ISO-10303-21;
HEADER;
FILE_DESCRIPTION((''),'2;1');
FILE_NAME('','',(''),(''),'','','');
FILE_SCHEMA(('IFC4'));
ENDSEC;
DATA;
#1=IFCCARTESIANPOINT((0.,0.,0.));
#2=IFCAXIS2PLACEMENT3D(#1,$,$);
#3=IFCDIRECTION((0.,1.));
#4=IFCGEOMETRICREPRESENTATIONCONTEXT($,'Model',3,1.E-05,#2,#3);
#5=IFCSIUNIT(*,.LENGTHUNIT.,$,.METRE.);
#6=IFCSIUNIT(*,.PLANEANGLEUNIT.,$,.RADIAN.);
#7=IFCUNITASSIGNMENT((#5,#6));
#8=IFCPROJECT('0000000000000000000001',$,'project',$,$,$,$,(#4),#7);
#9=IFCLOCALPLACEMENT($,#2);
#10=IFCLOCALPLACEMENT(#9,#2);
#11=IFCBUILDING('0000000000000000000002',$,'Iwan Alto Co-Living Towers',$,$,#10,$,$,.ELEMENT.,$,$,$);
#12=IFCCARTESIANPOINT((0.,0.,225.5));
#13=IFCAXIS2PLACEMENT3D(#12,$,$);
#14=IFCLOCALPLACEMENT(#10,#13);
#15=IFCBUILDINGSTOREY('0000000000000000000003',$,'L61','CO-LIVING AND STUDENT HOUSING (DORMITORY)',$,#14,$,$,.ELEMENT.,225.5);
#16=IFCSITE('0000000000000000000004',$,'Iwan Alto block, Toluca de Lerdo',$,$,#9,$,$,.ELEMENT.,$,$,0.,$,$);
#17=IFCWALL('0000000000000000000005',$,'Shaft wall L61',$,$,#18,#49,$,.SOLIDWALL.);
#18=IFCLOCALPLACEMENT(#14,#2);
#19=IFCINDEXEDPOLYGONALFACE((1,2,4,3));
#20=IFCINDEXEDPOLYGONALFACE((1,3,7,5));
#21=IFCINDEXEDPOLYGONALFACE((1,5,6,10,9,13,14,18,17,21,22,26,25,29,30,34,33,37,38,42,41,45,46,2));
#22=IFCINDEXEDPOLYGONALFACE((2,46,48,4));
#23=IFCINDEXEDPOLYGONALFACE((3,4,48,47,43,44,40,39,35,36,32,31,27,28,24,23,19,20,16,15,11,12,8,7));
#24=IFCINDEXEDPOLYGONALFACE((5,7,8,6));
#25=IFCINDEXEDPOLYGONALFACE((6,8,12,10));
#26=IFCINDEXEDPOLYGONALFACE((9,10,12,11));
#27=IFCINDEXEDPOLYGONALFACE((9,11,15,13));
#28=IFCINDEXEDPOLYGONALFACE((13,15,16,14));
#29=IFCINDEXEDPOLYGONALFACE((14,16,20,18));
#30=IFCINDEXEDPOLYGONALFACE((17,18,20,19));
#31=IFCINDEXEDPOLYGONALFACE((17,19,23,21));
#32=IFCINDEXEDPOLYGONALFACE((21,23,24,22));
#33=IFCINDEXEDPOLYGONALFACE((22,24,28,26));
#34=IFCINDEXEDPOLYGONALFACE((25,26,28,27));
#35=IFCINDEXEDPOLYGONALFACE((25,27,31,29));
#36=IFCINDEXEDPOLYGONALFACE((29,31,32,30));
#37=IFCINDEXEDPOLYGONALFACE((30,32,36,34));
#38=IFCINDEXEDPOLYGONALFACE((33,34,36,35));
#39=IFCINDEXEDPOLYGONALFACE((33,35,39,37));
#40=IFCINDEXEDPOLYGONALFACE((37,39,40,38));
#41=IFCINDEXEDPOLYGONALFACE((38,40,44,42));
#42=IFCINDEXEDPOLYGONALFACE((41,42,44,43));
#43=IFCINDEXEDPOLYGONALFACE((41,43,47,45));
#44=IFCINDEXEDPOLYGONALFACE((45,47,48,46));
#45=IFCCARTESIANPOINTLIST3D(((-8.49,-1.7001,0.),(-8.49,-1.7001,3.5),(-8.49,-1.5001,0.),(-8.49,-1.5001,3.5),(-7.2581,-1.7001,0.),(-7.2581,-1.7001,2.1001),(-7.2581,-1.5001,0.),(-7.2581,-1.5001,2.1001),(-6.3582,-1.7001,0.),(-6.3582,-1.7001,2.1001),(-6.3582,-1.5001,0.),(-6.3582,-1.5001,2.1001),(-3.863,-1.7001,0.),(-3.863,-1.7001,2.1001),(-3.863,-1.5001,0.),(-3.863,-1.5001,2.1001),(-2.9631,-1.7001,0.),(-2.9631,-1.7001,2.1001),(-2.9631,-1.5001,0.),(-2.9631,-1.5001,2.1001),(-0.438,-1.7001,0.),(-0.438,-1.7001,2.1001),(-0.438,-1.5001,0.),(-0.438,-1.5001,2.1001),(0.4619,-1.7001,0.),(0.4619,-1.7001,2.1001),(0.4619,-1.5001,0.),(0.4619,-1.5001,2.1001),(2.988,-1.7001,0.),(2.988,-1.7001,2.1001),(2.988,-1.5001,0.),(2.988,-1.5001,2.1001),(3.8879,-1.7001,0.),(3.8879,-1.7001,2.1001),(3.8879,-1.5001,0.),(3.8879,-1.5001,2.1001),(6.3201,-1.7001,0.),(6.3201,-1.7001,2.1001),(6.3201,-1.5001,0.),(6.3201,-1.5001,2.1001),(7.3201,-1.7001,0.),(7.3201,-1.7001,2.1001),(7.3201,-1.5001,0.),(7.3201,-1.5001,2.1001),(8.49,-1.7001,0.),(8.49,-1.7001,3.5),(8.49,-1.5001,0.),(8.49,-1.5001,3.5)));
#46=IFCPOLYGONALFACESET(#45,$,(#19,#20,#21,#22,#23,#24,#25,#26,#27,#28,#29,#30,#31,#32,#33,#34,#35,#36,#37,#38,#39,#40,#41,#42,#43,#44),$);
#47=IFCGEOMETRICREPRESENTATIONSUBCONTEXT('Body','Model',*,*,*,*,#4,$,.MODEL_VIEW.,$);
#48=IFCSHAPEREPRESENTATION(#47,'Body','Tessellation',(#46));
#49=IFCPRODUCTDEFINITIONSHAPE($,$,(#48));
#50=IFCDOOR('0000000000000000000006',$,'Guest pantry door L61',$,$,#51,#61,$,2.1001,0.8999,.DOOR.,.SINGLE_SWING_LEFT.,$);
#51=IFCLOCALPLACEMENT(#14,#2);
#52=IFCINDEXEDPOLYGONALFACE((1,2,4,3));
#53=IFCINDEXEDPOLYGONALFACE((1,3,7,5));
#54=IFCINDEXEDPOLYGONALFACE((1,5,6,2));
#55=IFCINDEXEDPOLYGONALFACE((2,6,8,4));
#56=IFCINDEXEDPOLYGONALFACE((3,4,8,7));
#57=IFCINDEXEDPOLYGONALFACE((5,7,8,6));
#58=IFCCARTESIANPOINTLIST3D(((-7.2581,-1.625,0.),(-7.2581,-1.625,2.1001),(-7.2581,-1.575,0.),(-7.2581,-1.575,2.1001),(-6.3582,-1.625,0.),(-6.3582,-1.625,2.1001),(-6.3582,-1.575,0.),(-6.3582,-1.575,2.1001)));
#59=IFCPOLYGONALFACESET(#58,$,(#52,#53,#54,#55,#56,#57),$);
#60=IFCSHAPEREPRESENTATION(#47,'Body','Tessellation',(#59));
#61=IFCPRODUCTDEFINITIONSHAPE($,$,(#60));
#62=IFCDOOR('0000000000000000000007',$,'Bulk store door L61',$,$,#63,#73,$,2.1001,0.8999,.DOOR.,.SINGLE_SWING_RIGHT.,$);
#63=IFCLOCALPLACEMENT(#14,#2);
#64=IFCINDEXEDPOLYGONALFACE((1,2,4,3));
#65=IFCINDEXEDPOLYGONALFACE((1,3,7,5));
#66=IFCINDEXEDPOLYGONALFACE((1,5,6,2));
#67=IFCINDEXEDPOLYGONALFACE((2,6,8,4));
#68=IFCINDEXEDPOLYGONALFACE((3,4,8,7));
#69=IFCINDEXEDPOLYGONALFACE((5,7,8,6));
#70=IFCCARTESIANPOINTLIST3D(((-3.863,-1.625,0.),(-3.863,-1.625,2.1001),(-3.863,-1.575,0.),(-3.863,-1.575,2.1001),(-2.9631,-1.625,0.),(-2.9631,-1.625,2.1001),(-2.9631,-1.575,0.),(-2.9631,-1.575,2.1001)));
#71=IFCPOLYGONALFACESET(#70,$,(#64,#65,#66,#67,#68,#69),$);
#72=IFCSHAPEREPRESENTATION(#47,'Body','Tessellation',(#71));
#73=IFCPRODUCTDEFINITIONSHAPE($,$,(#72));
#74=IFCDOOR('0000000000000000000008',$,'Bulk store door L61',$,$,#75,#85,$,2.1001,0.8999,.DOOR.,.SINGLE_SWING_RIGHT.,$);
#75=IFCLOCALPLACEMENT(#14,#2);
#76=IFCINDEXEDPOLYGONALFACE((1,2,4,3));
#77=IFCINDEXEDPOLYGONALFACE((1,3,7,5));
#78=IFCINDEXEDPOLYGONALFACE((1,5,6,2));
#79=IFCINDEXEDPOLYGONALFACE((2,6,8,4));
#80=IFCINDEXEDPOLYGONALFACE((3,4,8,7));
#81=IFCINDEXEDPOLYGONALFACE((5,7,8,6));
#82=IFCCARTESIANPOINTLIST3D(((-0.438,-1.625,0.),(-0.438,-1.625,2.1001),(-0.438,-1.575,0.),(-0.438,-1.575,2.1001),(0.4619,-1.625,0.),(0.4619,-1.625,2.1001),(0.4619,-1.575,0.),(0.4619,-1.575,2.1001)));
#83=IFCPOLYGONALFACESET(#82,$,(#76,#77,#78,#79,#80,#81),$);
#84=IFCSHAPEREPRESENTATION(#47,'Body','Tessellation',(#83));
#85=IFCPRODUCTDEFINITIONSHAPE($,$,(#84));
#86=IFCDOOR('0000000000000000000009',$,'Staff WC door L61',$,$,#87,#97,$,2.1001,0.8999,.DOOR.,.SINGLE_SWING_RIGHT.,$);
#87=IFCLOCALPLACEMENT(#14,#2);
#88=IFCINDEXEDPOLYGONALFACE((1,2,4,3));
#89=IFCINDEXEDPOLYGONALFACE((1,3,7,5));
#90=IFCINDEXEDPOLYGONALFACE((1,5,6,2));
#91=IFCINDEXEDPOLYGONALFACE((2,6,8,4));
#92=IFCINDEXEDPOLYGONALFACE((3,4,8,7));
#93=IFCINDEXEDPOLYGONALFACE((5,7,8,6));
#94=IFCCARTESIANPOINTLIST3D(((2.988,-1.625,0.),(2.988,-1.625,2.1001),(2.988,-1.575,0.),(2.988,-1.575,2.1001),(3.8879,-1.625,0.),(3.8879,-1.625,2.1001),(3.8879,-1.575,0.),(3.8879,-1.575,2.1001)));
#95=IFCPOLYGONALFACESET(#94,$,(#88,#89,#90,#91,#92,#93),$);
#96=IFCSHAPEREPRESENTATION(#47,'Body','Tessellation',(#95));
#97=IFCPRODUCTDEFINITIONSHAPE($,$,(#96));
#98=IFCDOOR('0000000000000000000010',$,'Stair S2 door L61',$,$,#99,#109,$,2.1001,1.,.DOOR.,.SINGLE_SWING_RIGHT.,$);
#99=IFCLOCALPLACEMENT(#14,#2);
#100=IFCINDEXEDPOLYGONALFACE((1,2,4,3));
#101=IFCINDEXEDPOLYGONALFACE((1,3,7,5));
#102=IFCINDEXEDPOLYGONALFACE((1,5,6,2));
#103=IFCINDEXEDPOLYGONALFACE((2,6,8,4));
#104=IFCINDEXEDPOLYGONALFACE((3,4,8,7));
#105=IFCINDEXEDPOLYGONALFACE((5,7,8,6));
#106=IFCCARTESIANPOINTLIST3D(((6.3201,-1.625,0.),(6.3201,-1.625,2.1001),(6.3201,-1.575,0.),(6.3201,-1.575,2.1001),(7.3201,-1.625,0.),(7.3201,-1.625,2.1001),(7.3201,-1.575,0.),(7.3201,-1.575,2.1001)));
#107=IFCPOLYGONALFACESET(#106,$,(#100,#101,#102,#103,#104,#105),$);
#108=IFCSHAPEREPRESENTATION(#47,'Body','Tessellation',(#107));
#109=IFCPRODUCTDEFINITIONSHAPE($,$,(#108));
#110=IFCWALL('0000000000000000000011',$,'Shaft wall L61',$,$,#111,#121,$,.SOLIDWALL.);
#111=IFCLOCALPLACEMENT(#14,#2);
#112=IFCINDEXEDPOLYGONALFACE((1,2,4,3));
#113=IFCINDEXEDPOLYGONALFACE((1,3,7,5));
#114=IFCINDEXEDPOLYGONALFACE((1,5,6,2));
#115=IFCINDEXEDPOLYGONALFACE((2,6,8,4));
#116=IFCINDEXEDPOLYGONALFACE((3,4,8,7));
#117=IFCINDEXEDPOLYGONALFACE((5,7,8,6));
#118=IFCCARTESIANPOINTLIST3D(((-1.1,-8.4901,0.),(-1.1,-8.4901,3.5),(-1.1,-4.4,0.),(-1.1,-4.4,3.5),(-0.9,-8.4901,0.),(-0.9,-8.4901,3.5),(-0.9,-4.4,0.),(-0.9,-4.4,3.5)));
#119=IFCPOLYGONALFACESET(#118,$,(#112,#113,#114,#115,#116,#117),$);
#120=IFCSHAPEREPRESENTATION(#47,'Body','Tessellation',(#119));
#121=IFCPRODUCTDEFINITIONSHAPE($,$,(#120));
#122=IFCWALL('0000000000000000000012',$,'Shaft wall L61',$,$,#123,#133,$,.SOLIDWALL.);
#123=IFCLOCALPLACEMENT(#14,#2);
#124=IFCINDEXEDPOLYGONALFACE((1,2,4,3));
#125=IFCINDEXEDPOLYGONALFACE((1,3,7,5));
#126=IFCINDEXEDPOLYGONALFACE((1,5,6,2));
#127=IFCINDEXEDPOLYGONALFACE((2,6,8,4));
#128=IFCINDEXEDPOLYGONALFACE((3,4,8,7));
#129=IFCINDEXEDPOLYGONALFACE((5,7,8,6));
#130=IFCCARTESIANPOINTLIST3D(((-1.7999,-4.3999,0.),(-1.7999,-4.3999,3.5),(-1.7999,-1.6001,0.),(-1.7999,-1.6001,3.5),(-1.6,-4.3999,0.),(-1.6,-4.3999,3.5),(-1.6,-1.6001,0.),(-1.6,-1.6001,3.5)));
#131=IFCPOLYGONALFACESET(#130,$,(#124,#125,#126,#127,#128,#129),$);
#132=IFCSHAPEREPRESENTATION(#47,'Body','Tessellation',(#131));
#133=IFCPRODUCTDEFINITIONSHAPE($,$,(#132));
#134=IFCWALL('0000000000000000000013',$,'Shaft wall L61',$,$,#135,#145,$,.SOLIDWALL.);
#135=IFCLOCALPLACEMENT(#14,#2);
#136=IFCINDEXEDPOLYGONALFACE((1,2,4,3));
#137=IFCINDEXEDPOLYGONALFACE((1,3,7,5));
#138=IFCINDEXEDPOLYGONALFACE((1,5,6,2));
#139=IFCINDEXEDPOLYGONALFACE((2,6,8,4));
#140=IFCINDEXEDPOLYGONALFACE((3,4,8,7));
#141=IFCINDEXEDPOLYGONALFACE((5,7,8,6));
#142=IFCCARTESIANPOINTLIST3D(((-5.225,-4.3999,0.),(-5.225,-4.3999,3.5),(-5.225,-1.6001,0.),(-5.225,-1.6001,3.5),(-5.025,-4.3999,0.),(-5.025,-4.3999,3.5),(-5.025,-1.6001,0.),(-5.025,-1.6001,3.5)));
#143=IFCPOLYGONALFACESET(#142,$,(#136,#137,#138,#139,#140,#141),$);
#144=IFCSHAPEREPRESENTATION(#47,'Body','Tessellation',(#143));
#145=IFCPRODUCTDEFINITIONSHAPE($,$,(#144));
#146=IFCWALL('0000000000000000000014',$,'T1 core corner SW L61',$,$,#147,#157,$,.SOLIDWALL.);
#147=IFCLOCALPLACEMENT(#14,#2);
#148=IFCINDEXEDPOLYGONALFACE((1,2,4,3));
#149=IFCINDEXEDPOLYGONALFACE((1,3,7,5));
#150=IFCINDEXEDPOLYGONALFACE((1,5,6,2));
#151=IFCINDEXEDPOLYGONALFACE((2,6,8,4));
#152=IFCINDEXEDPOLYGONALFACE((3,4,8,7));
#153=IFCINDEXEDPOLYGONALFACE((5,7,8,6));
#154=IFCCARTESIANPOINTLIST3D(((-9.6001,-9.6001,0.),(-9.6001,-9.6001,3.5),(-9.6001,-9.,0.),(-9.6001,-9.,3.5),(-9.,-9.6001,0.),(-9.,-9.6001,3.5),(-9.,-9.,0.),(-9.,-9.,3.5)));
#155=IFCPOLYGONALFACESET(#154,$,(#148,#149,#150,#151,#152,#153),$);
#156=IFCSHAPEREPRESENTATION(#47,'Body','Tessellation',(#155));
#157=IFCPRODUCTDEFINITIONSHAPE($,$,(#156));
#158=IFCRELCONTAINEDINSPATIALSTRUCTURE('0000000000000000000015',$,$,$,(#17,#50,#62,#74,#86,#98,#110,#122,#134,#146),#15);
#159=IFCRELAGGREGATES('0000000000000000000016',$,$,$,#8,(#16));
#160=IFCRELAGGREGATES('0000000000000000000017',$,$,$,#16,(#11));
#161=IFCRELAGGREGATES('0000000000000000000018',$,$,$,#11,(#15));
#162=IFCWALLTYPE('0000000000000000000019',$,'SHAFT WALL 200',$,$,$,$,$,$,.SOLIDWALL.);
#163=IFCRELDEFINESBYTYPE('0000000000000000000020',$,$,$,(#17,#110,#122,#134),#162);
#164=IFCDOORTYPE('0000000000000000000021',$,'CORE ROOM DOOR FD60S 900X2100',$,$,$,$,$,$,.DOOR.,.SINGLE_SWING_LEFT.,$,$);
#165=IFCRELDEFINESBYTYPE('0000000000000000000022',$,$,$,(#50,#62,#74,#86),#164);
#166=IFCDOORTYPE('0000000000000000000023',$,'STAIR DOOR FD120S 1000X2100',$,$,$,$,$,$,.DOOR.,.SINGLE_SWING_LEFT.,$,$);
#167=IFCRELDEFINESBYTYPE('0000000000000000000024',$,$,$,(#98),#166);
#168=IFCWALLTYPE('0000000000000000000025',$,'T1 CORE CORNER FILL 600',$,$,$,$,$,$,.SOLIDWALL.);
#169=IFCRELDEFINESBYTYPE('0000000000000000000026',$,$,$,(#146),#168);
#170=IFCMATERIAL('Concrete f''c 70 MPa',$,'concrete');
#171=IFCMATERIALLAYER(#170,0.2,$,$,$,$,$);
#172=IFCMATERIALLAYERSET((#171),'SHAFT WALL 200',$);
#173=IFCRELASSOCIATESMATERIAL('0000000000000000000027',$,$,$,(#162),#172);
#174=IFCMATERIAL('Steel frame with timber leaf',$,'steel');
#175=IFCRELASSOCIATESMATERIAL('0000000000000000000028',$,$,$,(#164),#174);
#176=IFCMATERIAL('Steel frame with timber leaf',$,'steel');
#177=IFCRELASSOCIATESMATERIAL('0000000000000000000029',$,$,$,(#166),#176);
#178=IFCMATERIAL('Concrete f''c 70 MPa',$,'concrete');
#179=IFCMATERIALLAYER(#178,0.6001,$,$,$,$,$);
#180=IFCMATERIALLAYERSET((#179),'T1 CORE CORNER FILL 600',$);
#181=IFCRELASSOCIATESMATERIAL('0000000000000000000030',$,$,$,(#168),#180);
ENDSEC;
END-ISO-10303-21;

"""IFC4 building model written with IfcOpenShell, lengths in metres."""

from ifc_helpers import new_model, si_unit, direction, frame, frame_2d, origin, place, context, subcontext, project, spatial, rectangle, extrude, material, layer, layer_set, type_object, element, fill, save


model = new_model("IFC4")

# Units and contexts
model_context = context("Model", 3, precision=1e-05, world=origin(), true_north=direction((0.0, 1.0)))
body_context = subcontext(model_context, "Body", "Model", "MODEL_VIEW")
ifc_project = project(units=[si_unit("LENGTHUNIT", "METRE"), si_unit("PLANEANGLEUNIT", "RADIAN")], contexts=[model_context])

# Site, building, storey
site_placement = place(None, origin())
site = spatial("IfcSite", under=ifc_project, at=site_placement, Name="Iwan Alto block, Toluca de Lerdo", CompositionType="ELEMENT", RefElevation=0.0)
building_placement = place(site_placement, origin())
building = spatial("IfcBuilding", under=site, at=building_placement, Name="Iwan Alto Co-Living Towers", CompositionType="ELEMENT")
storey_placement = place(building_placement, frame((0.0, 0.0, 225.5)))
storey = spatial("IfcBuildingStorey", under=building, at=storey_placement, Name="L61", Description="CO-LIVING AND STUDENT HOUSING (DORMITORY)", CompositionType="ELEMENT", Elevation=225.5)

# Shared definitions
ifc_material_1 = material(Name="Concrete f'c 70 MPa", Category="concrete")
ifc_layer_1 = layer(ifc_material_1, 0.2)
ifc_layer_set_1 = layer_set([ifc_layer_1], Name="SHAFT WALL 200")
wall_type_1 = type_object("IfcWallType", Name="SHAFT WALL 200", PredefinedType="SOLIDWALL", material=ifc_layer_set_1)

# Wall, openings, doors
wall_1_placement = place(storey_placement, frame((-8.49, -1.6001, 0.0), z_axis=(0.0, 0.0, 1.0), x_axis=(1.0, 0.0, 0.0)))
wall_1 = element("IfcWall", 1, at=wall_1_placement, inside=storey, type_object=wall_type_1, Name="Shaft wall L61", PredefinedType="SOLIDWALL", context=body_context, shape_type="SweptSolid", body=[
    extrude(rectangle(XDim=16.98, YDim=0.2, at=frame_2d((8.49, 0.0))), origin(), (0.0, 0.0, 1.0), 3.5),
])
opening_1_placement = place(wall_1_placement, frame((14.8101, 0.0, 0.0)))
opening_1 = element("IfcOpeningElement", 2, at=opening_1_placement, cuts=wall_1, PredefinedType="OPENING", context=body_context, shape_type="SweptSolid", body=[
    extrude(rectangle(XDim=1.0, YDim=2.1001, at=frame_2d((0.5, 1.05))), frame((0.0, 0.1099, 0.0), z_axis=(0.0, -1.0, 0.0), x_axis=(1.0, 0.0, 0.0)), (0.0, 0.0, 1.0), 0.22),
])
opening_2_placement = place(wall_1_placement, frame((1.2319, 0.0, 0.0)))
opening_2 = element("IfcOpeningElement", 3, at=opening_2_placement, cuts=wall_1, PredefinedType="OPENING", context=body_context, shape_type="SweptSolid", body=[
    extrude(rectangle(XDim=0.8999, YDim=2.1001, at=frame_2d((0.45, 1.05))), frame((0.0, 0.1099, 0.0), z_axis=(0.0, -1.0, 0.0), x_axis=(1.0, 0.0, 0.0)), (0.0, 0.0, 1.0), 0.22),
])
opening_3_placement = place(wall_1_placement, frame((4.627, 0.0, 0.0)))
opening_3 = element("IfcOpeningElement", 4, at=opening_3_placement, cuts=wall_1, PredefinedType="OPENING", context=body_context, shape_type="SweptSolid", body=[
    extrude(rectangle(XDim=0.8999, YDim=2.1001, at=frame_2d((0.45, 1.05))), frame((0.0, 0.1099, 0.0), z_axis=(0.0, -1.0, 0.0), x_axis=(1.0, 0.0, 0.0)), (0.0, 0.0, 1.0), 0.22),
])
opening_4_placement = place(wall_1_placement, frame((8.052, 0.0, 0.0)))
opening_4 = element("IfcOpeningElement", 5, at=opening_4_placement, cuts=wall_1, PredefinedType="OPENING", context=body_context, shape_type="SweptSolid", body=[
    extrude(rectangle(XDim=0.8999, YDim=2.1001, at=frame_2d((0.45, 1.05))), frame((0.0, 0.1099, 0.0), z_axis=(0.0, -1.0, 0.0), x_axis=(1.0, 0.0, 0.0)), (0.0, 0.0, 1.0), 0.22),
])
opening_5_placement = place(wall_1_placement, frame((11.478, 0.0, 0.0)))
opening_5 = element("IfcOpeningElement", 6, at=opening_5_placement, cuts=wall_1, PredefinedType="OPENING", context=body_context, shape_type="SweptSolid", body=[
    extrude(rectangle(XDim=0.8999, YDim=2.1001, at=frame_2d((0.45, 1.05))), frame((0.0, 0.1099, 0.0), z_axis=(0.0, -1.0, 0.0), x_axis=(1.0, 0.0, 0.0)), (0.0, 0.0, 1.0), 0.22),
])
ifc_material_2 = material(Name="Steel frame with timber leaf", Category="steel")
door_type_1 = type_object("IfcDoorType", Name="CORE ROOM DOOR FD60S 900X2100", OperationType="SINGLE_SWING_LEFT", PredefinedType="DOOR", material=ifc_material_2)
door_1_placement = place(opening_2_placement, frame((0.8999, 0.0, 0.0), z_axis=(0.0, 0.0, 1.0), x_axis=(-1.0, 0.0, 0.0)))
door_1 = element("IfcDoor", 7, at=door_1_placement, inside=storey, type_object=door_type_1, Name="Guest pantry door L61", OperationType="SINGLE_SWING_LEFT", OverallHeight=2.1001, OverallWidth=0.8999, PredefinedType="DOOR", context=body_context, shape_type="SweptSolid", body=[
    extrude(rectangle(XDim=0.8999, YDim=2.1001, at=frame_2d((0.45, 1.05))), frame((0.0, 0.0249, 0.0), z_axis=(0.0, -1.0, 0.0), x_axis=(1.0, 0.0, 0.0)), (0.0, 0.0, 1.0), 0.05),
])
fill(opening_2, door_1)
door_2_placement = place(opening_3_placement, frame((0.8999, 0.0, 0.0), z_axis=(0.0, 0.0, 1.0), x_axis=(-1.0, 0.0, 0.0)))
door_2 = element("IfcDoor", 8, at=door_2_placement, inside=storey, type_object=door_type_1, Name="Bulk store door L61", OperationType="SINGLE_SWING_RIGHT", OverallHeight=2.1001, OverallWidth=0.8999, PredefinedType="DOOR", context=body_context, shape_type="SweptSolid", body=[
    extrude(rectangle(XDim=0.8999, YDim=2.1001, at=frame_2d((0.45, 1.05))), frame((0.0, 0.0249, 0.0), z_axis=(0.0, -1.0, 0.0), x_axis=(1.0, 0.0, 0.0)), (0.0, 0.0, 1.0), 0.05),
])
fill(opening_3, door_2)
door_3_placement = place(opening_4_placement, frame((0.8999, 0.0, 0.0), z_axis=(0.0, 0.0, 1.0), x_axis=(-1.0, 0.0, 0.0)))
door_3 = element("IfcDoor", 9, at=door_3_placement, inside=storey, type_object=door_type_1, Name="Bulk store door L61", OperationType="SINGLE_SWING_RIGHT", OverallHeight=2.1001, OverallWidth=0.8999, PredefinedType="DOOR", context=body_context, shape_type="SweptSolid", body=[
    extrude(rectangle(XDim=0.8999, YDim=2.1001, at=frame_2d((0.45, 1.05))), frame((0.0, 0.0249, 0.0), z_axis=(0.0, -1.0, 0.0), x_axis=(1.0, 0.0, 0.0)), (0.0, 0.0, 1.0), 0.05),
])
fill(opening_4, door_3)
door_4_placement = place(opening_5_placement, frame((0.8999, 0.0, 0.0), z_axis=(0.0, 0.0, 1.0), x_axis=(-1.0, 0.0, 0.0)))
door_4 = element("IfcDoor", 10, at=door_4_placement, inside=storey, type_object=door_type_1, Name="Staff WC door L61", OperationType="SINGLE_SWING_RIGHT", OverallHeight=2.1001, OverallWidth=0.8999, PredefinedType="DOOR", context=body_context, shape_type="SweptSolid", body=[
    extrude(rectangle(XDim=0.8999, YDim=2.1001, at=frame_2d((0.45, 1.05))), frame((0.0, 0.0249, 0.0), z_axis=(0.0, -1.0, 0.0), x_axis=(1.0, 0.0, 0.0)), (0.0, 0.0, 1.0), 0.05),
])
fill(opening_5, door_4)
ifc_material_3 = material(Name="Steel frame with timber leaf", Category="steel")
door_type_2 = type_object("IfcDoorType", Name="STAIR DOOR FD120S 1000X2100", OperationType="SINGLE_SWING_LEFT", PredefinedType="DOOR", material=ifc_material_3)
door_5_placement = place(opening_1_placement, frame((1.0, 0.0, 0.0), z_axis=(0.0, 0.0, 1.0), x_axis=(-1.0, 0.0, 0.0)))
door_5 = element("IfcDoor", 11, at=door_5_placement, inside=storey, type_object=door_type_2, Name="Stair S2 door L61", OperationType="SINGLE_SWING_RIGHT", OverallHeight=2.1001, OverallWidth=1.0, PredefinedType="DOOR", context=body_context, shape_type="SweptSolid", body=[
    extrude(rectangle(XDim=1.0, YDim=2.1001, at=frame_2d((0.5, 1.05))), frame((0.0, 0.0249, 0.0), z_axis=(0.0, -1.0, 0.0), x_axis=(1.0, 0.0, 0.0)), (0.0, 0.0, 1.0), 0.05),
])
fill(opening_1, door_5)

# Walls
wall_2_placement = place(storey_placement, frame((-1.0, -8.49, 0.0), z_axis=(0.0, 0.0, 1.0), x_axis=(0.0, 1.0, 0.0)))
element("IfcWall", 12, at=wall_2_placement, inside=storey, type_object=wall_type_1, Name="Shaft wall L61", PredefinedType="SOLIDWALL", context=body_context, shape_type="SweptSolid", body=[
    extrude(rectangle(XDim=4.0901, YDim=0.2, at=frame_2d((2.0449, 0.0))), origin(), (0.0, 0.0, 1.0), 3.5),
])
for number, where, z_axis, x_axis, name in (
    (13, (-1.7, -4.3999, 0.0), (0.0, 0.0, 1.0), (0.0, 1.0, 0.0), "Shaft wall L61"),
    (14, (-5.125, -4.3999, 0.0), (0.0, 0.0, 1.0), (0.0, 1.0, 0.0), "Shaft wall L61"),
):
    element("IfcWall", number, at=place(storey_placement, frame(where, z_axis=z_axis, x_axis=x_axis)), inside=storey, type_object=wall_type_1, Name=name, PredefinedType="SOLIDWALL", context=body_context, shape_type="SweptSolid", body=[
        extrude(rectangle(XDim=2.7998, YDim=0.2, at=frame_2d((1.3999, 0.0))), origin(), (0.0, 0.0, 1.0), 3.5),
    ])
ifc_material_4 = material(Name="Concrete f'c 70 MPa", Category="concrete")
ifc_layer_2 = layer(ifc_material_4, 0.6001)
ifc_layer_set_2 = layer_set([ifc_layer_2], Name="T1 CORE CORNER FILL 600")
wall_type_2 = type_object("IfcWallType", Name="T1 CORE CORNER FILL 600", PredefinedType="SOLIDWALL", material=ifc_layer_set_2)
wall_3_placement = place(storey_placement, frame((-9.6001, -9.3, 0.0), z_axis=(0.0, 0.0, 1.0), x_axis=(1.0, 0.0, 0.0)))
element("IfcWall", 15, at=wall_3_placement, inside=storey, type_object=wall_type_2, Name="T1 core corner SW L61", PredefinedType="SOLIDWALL", context=body_context, shape_type="SweptSolid", body=[
    extrude(rectangle(XDim=0.6001, YDim=0.6001, at=frame_2d((0.3, 0.0))), origin(), (0.0, 0.0, 1.0), 3.5),
])

save(model, "model.ifc")
